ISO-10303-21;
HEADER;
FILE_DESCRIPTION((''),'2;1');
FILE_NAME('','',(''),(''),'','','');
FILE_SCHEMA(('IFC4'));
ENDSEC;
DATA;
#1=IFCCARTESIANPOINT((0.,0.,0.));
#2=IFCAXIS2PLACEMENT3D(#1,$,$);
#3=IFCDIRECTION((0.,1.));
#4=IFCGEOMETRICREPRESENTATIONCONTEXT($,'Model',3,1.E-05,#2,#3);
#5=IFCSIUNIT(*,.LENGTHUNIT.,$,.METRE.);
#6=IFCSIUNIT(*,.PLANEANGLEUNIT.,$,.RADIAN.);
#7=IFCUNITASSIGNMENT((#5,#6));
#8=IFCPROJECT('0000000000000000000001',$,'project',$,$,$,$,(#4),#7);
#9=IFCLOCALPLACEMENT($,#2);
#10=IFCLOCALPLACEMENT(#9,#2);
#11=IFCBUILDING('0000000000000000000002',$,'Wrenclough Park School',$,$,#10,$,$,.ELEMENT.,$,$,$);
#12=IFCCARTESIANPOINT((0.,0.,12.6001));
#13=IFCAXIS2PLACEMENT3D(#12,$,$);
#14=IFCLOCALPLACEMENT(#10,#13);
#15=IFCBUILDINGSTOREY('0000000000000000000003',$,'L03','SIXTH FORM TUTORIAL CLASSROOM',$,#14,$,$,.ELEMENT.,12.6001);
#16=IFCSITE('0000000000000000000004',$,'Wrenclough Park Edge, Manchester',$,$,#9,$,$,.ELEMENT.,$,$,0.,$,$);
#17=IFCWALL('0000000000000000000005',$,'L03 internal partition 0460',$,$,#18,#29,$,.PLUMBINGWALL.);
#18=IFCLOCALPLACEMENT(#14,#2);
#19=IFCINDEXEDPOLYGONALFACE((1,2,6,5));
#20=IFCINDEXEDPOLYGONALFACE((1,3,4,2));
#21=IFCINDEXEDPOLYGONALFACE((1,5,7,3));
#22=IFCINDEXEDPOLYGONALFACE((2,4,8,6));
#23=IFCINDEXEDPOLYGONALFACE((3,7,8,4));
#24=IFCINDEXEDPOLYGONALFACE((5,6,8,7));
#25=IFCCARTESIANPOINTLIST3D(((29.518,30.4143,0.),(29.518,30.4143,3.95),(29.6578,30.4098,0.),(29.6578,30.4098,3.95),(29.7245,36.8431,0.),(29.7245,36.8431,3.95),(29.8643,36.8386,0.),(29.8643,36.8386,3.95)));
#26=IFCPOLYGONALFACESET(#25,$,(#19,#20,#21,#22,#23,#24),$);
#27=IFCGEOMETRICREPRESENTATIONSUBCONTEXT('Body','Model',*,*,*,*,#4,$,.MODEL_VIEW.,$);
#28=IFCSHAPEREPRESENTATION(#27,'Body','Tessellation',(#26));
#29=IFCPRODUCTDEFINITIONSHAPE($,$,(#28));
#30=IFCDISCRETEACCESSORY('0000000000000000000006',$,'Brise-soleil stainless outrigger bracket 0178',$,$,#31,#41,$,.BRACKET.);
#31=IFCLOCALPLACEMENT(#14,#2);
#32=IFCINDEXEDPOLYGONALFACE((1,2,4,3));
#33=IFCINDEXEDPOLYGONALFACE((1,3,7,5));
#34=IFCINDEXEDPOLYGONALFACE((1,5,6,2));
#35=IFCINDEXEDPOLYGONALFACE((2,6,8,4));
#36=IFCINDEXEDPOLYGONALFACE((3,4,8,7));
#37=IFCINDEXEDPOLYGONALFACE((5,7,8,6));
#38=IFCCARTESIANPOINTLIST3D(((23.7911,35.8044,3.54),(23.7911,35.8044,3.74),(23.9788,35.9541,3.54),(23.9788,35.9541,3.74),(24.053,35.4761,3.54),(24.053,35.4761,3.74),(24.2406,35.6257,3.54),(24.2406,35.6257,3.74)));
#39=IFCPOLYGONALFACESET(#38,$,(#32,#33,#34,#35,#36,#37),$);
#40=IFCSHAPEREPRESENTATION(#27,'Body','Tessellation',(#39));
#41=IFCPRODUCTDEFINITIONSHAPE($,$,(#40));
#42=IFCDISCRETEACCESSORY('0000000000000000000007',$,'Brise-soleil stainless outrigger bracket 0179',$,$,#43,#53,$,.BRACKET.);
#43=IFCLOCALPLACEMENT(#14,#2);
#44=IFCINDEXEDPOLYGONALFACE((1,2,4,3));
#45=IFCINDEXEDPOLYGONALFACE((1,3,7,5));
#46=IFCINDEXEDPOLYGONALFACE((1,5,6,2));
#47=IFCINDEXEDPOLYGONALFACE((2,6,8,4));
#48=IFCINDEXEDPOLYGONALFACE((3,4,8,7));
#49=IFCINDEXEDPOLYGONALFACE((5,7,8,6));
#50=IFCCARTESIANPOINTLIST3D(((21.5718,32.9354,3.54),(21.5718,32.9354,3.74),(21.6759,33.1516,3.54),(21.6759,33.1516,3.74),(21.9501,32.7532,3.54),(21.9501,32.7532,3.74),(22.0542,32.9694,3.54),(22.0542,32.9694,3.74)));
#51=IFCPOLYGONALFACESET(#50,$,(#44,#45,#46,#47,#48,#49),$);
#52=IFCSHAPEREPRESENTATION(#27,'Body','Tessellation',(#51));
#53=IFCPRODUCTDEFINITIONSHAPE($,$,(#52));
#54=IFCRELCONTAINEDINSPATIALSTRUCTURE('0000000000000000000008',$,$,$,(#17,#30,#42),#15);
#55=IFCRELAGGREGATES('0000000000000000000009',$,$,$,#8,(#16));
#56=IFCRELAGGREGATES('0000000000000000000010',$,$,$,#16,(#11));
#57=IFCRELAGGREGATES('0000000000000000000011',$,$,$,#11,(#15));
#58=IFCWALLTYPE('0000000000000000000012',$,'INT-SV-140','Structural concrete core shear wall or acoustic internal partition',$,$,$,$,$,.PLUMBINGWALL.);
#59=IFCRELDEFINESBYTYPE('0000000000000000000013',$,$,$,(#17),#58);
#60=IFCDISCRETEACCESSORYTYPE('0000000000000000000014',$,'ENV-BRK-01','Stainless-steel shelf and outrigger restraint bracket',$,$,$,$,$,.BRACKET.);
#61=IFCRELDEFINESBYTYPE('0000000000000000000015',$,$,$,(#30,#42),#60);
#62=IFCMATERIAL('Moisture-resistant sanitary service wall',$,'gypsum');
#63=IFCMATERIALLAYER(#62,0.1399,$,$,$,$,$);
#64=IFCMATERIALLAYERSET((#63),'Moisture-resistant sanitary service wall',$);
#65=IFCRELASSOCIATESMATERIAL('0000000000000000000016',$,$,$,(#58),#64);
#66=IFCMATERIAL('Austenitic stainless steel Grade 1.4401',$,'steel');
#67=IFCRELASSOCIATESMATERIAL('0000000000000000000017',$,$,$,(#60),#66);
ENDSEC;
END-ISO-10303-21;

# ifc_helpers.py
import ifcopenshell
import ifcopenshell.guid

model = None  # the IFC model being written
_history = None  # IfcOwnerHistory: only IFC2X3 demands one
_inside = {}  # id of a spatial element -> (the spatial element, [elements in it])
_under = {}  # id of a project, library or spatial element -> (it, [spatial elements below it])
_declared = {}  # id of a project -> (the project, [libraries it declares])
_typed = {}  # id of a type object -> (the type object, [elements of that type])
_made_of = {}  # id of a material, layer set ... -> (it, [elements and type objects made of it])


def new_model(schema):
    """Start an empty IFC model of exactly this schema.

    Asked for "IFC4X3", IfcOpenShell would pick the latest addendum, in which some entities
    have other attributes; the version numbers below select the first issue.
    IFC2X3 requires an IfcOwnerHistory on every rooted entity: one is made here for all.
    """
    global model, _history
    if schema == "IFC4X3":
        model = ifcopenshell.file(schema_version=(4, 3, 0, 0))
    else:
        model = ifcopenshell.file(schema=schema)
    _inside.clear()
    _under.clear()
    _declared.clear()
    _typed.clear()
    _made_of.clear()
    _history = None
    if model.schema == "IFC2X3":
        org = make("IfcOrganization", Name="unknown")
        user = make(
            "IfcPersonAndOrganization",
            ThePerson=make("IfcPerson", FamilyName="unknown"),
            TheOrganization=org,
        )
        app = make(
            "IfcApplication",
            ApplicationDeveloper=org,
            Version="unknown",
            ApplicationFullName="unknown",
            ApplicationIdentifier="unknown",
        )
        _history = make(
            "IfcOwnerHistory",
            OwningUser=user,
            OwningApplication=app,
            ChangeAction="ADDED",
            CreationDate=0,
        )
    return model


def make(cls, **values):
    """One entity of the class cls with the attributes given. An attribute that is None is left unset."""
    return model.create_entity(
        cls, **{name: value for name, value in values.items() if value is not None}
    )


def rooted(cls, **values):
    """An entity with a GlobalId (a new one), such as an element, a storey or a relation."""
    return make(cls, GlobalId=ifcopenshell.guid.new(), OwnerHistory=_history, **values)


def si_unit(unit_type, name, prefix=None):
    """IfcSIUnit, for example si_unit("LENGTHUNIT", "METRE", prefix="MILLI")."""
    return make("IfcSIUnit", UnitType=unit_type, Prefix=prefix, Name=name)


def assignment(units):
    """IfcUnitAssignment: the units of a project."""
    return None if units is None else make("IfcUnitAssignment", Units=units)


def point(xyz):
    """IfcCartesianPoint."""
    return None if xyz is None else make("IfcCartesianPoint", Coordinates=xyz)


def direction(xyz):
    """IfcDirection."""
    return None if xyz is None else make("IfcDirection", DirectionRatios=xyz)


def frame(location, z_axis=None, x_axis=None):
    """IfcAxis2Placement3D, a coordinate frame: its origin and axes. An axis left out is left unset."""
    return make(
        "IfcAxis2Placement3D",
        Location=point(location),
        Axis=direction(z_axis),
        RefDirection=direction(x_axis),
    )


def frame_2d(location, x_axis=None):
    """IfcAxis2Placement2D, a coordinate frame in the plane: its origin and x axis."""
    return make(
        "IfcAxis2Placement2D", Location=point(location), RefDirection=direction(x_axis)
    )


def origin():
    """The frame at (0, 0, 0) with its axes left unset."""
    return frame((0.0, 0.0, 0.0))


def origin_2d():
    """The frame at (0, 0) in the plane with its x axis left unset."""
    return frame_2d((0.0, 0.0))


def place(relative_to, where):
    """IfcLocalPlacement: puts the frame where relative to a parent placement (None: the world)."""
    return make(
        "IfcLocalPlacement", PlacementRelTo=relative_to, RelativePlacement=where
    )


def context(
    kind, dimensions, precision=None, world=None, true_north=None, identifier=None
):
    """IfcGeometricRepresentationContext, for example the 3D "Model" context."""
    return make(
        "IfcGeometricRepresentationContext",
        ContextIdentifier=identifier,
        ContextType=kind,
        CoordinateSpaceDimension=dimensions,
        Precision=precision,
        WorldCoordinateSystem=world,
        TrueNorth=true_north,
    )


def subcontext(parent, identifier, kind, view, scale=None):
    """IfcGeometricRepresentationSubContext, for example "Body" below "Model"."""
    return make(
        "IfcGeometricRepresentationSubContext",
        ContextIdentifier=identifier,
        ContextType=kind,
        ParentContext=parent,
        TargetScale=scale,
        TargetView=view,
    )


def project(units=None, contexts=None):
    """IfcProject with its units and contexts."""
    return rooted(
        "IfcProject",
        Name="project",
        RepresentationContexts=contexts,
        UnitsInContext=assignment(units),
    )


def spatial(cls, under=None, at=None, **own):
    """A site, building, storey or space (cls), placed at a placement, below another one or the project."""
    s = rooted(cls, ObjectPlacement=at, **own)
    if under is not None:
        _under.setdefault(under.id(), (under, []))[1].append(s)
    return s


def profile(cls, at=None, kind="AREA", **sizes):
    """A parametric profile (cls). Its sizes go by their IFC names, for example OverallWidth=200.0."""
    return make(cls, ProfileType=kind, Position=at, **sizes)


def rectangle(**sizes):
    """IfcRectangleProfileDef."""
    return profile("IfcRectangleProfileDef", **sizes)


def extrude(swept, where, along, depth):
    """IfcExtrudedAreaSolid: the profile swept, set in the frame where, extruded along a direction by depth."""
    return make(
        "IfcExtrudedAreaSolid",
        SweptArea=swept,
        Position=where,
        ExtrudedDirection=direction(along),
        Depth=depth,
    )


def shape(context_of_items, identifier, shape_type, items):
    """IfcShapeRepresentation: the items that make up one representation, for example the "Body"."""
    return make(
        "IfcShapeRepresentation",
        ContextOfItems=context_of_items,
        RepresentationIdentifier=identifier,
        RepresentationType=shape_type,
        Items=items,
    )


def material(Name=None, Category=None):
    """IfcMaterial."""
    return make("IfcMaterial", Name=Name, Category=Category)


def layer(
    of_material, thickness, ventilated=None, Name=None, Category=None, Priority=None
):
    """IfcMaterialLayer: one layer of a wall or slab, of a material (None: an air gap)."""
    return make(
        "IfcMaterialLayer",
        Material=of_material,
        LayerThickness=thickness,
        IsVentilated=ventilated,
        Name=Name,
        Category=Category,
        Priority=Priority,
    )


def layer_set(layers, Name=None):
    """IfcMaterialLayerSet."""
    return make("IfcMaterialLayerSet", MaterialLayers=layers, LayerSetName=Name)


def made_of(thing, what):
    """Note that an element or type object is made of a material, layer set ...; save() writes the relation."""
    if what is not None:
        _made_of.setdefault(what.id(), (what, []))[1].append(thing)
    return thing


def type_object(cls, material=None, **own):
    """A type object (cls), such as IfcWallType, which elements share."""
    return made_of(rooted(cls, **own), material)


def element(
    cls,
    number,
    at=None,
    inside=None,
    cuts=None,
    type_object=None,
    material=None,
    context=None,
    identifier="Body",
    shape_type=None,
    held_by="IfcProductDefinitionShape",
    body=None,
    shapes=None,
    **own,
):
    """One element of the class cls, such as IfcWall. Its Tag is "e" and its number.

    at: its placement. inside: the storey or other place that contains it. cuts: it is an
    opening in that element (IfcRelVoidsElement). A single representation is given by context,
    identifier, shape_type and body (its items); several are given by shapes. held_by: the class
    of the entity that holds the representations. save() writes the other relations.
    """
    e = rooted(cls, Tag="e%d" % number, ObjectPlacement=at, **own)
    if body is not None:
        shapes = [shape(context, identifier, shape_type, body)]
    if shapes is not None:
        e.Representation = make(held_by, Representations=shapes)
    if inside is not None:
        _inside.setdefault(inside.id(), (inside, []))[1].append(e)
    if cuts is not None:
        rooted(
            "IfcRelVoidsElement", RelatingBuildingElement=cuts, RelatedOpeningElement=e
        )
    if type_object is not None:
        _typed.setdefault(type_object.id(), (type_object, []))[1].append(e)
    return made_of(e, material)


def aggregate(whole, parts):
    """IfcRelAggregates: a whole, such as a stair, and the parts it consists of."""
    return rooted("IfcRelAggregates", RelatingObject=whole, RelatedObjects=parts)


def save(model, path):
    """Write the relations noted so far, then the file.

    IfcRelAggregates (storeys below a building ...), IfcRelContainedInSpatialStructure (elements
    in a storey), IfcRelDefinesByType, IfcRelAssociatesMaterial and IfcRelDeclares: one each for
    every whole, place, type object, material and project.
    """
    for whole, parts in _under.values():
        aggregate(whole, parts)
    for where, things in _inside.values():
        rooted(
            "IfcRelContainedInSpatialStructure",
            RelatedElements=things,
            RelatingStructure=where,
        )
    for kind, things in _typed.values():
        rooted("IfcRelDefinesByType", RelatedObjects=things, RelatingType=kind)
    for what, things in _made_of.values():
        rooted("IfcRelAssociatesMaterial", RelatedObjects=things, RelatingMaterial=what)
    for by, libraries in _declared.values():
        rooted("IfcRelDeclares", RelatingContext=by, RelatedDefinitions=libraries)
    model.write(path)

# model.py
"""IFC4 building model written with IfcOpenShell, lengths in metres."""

from ifc_helpers import new_model, si_unit, direction, frame, frame_2d, origin, origin_2d, place, context, subcontext, project, spatial, rectangle, extrude, material, layer, layer_set, type_object, element, save


model = new_model("IFC4")

# Units and contexts
model_context = context("Model", 3, precision=1e-05, world=origin(), true_north=direction((0.0, 1.0)))
body_context = subcontext(model_context, "Body", "Model", "MODEL_VIEW")
ifc_project = project(units=[si_unit("LENGTHUNIT", "METRE"), si_unit("PLANEANGLEUNIT", "RADIAN")], contexts=[model_context])

# Site, building, storey
site_placement = place(None, origin())
site = spatial("IfcSite", under=ifc_project, at=site_placement, Name="Wrenclough Park Edge, Manchester", CompositionType="ELEMENT", RefElevation=0.0)
building_placement = place(site_placement, origin())
building = spatial("IfcBuilding", under=site, at=building_placement, Name="Wrenclough Park School", CompositionType="ELEMENT")
storey_placement = place(building_placement, frame((0.0, 0.0, 12.6001)))
storey = spatial("IfcBuildingStorey", under=building, at=storey_placement, Name="L03", Description="SIXTH FORM TUTORIAL CLASSROOM", CompositionType="ELEMENT", Elevation=12.6001)

# Wall
ifc_material_1 = material(Name="Moisture-resistant sanitary service wall", Category="gypsum")
ifc_layer_1 = layer(ifc_material_1, 0.1399)
ifc_layer_set_1 = layer_set([ifc_layer_1], Name="Moisture-resistant sanitary service wall")
wall_type_1 = type_object("IfcWallType", Name="INT-SV-140", Description="Structural concrete core shear wall or acoustic internal partition", PredefinedType="PLUMBINGWALL", material=ifc_layer_set_1)
wall_1_placement = place(storey_placement, frame((29.7944, 36.8408, 0.0), z_axis=(0.0, 0.0, 1.0), x_axis=(-0.032112, -0.999484, 0.0)))
element("IfcWall", 1, at=wall_1_placement, inside=storey, type_object=wall_type_1, Name="L03 internal partition 0460", PredefinedType="PLUMBINGWALL", context=body_context, shape_type="SweptSolid", body=[
    extrude(rectangle(XDim=6.4321, YDim=0.1399, at=frame_2d((3.2161, 0.0))), origin(), (0.0, 0.0, 1.0), 3.95),
])

# Discrete accessories
ifc_material_2 = material(Name="Austenitic stainless steel Grade 1.4401", Category="steel")
discrete_accessory_type = type_object("IfcDiscreteAccessoryType", Name="ENV-BRK-01", Description="Stainless-steel shelf and outrigger restraint bracket", PredefinedType="BRACKET", material=ifc_material_2)
for number, where, z_axis, x_axis, name in (
    (2, (24.0159, 35.7151, 3.54), (0.0, 0.0, 1.0), (-0.781832, -0.62349, 0.0), "Brise-soleil stainless outrigger bracket 0178"),
    (3, (21.813, 32.9524, 3.54), (0.0, 0.0, 1.0), (-0.433872, -0.900975, 0.0), "Brise-soleil stainless outrigger bracket 0179"),
):
    element("IfcDiscreteAccessory", number, at=place(storey_placement, frame(where, z_axis=z_axis, x_axis=x_axis)), inside=storey, type_object=discrete_accessory_type, Name=name, PredefinedType="BRACKET", context=body_context, shape_type="SweptSolid", body=[
        extrude(rectangle(XDim=0.24, YDim=0.4199, at=origin_2d()), origin(), (0.0, 0.0, 1.0), 0.2),
    ])

save(model, "model.ifc")
